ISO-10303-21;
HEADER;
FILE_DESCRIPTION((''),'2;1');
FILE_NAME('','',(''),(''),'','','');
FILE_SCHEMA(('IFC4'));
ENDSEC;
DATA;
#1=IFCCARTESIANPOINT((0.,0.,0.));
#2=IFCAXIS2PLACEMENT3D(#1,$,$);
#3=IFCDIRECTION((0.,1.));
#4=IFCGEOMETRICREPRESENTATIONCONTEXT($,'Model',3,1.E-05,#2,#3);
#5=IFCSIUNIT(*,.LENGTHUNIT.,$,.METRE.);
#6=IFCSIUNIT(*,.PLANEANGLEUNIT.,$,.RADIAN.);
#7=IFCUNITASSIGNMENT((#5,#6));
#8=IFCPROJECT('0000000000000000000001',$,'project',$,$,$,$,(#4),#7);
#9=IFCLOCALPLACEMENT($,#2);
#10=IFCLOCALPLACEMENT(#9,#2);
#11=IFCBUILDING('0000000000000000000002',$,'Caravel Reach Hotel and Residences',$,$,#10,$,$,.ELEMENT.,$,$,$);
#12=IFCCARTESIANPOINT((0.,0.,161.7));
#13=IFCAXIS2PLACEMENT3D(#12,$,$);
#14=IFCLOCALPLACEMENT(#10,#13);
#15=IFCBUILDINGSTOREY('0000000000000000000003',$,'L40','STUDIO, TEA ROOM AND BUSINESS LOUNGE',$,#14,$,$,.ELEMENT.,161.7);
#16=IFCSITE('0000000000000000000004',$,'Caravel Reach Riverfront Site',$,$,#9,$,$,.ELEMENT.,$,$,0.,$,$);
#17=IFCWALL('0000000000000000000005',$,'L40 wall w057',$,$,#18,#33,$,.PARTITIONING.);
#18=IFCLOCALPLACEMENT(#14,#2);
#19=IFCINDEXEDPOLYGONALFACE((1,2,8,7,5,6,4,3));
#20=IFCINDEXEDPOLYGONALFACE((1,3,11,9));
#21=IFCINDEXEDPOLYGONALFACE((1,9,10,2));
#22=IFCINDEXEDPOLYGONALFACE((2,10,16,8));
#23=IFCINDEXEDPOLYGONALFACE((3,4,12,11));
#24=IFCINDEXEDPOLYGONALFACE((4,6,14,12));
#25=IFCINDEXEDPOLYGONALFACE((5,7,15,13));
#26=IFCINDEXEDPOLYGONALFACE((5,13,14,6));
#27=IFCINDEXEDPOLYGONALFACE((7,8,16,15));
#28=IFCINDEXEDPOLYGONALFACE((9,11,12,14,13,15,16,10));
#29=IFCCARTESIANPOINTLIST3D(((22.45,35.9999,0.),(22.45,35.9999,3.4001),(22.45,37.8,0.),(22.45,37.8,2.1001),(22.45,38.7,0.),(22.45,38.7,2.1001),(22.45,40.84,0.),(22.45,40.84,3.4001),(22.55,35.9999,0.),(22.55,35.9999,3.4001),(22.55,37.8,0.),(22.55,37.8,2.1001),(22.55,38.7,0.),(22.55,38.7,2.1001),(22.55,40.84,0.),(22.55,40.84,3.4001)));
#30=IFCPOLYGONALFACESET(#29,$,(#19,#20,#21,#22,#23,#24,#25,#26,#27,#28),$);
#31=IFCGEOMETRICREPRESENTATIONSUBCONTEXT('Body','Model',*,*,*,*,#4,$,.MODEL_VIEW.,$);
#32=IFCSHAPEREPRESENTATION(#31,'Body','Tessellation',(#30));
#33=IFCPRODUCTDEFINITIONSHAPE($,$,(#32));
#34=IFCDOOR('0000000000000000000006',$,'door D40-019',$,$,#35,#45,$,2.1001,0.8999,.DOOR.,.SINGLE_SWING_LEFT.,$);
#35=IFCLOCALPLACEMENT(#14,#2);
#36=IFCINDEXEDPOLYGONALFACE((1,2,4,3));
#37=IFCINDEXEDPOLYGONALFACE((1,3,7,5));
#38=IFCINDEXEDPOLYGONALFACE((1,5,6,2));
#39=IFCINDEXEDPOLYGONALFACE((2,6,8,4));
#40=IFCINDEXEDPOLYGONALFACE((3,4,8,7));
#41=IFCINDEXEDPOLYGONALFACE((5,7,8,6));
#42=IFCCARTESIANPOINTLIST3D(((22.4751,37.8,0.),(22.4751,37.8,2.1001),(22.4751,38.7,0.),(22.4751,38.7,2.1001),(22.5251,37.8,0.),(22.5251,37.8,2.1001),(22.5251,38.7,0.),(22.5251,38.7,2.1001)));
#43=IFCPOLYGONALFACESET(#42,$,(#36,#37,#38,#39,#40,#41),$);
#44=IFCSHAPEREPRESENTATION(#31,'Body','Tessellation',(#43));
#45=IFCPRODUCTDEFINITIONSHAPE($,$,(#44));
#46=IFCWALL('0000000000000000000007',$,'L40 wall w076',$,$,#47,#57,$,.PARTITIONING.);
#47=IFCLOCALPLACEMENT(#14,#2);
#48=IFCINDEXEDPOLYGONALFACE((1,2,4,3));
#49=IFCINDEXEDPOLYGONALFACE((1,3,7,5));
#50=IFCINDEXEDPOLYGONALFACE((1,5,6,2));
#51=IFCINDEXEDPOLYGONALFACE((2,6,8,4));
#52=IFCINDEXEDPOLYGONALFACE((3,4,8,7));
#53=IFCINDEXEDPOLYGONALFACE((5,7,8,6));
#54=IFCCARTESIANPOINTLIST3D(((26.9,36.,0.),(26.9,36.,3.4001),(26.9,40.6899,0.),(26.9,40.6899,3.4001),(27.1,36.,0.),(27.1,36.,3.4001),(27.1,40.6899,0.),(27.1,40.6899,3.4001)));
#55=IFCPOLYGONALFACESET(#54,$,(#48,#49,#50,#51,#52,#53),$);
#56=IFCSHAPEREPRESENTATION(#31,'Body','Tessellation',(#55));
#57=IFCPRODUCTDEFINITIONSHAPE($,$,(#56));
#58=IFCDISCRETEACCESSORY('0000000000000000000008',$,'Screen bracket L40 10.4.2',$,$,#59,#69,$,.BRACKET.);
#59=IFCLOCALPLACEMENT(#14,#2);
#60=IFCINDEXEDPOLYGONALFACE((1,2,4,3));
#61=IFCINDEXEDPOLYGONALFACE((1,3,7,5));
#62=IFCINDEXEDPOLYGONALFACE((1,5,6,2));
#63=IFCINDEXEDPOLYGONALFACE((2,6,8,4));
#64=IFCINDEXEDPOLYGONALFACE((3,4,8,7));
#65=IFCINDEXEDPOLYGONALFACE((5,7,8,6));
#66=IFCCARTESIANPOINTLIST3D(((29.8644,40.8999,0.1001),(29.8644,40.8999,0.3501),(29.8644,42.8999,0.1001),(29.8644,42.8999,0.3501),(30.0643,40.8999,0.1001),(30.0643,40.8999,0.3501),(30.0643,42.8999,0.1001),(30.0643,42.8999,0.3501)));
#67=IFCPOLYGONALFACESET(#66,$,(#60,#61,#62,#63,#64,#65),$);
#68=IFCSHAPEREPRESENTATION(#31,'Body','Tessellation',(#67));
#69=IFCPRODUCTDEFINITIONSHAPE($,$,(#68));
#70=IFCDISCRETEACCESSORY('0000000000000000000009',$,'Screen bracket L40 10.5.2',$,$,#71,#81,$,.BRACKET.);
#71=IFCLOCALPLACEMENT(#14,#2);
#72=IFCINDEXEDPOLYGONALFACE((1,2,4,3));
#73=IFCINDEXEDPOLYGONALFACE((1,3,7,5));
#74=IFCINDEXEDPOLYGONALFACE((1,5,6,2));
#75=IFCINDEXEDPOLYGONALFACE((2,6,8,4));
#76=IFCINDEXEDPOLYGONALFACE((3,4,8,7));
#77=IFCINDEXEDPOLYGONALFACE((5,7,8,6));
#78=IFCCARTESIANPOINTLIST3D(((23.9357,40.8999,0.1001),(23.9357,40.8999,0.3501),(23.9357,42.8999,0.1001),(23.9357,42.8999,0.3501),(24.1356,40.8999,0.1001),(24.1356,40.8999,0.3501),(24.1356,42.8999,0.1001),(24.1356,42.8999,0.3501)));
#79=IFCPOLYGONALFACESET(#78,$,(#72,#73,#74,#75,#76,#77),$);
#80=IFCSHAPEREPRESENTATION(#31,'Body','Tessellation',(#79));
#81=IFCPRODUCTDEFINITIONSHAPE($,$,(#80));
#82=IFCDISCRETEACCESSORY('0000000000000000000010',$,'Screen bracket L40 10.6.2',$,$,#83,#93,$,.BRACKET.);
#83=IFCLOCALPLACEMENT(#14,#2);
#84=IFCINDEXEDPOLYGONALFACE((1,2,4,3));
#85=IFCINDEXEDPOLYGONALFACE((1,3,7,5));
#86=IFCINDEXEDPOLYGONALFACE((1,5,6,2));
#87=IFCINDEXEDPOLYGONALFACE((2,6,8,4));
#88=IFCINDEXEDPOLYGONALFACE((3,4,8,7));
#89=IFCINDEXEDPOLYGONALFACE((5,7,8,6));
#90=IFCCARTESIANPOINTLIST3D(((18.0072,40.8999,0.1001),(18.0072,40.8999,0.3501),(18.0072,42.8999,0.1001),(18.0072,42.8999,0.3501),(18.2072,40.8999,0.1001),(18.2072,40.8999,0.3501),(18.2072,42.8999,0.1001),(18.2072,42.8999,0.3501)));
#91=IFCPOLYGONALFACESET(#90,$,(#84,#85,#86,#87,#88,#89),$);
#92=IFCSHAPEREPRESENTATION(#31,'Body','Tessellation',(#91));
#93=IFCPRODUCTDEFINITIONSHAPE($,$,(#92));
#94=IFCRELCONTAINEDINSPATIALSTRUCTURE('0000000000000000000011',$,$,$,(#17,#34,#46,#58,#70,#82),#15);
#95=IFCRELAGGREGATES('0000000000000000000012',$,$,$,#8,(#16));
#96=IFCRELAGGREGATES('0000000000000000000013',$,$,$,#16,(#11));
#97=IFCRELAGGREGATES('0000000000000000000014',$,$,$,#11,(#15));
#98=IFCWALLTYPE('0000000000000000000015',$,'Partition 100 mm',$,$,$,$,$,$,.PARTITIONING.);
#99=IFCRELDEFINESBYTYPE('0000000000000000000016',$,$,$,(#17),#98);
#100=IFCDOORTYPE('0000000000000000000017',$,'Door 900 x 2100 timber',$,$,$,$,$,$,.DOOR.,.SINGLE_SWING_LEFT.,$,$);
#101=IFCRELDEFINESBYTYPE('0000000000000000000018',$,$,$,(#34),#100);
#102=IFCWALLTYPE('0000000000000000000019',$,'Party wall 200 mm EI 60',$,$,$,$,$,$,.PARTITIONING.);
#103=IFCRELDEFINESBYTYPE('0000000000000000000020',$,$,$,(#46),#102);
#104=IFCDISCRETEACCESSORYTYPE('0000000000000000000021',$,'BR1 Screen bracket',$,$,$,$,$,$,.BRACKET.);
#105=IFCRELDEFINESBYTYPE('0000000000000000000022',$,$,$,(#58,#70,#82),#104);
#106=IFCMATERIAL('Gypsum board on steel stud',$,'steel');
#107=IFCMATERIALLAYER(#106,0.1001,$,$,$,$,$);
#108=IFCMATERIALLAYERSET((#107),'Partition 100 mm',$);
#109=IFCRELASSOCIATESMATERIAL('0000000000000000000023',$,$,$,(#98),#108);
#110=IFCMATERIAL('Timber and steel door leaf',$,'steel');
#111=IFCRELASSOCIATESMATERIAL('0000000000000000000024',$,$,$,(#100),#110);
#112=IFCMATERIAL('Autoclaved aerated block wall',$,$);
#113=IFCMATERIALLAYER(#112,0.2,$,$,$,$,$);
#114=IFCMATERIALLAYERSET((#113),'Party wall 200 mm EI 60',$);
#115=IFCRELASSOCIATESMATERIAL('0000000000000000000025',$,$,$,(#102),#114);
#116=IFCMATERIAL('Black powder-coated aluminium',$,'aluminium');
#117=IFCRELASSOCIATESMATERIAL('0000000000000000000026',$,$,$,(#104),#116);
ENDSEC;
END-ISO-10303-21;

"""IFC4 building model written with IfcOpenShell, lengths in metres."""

from ifc_helpers import new_model, si_unit, direction, frame, frame_2d, origin, origin_2d, place, context, subcontext, project, spatial, rectangle, extrude, material, layer, layer_set, type_object, element, fill, save


model = new_model("IFC4")

# Units and contexts
model_context = context("Model", 3, precision=1e-05, world=origin(), true_north=direction((0.0, 1.0)))
body_context = subcontext(model_context, "Body", "Model", "MODEL_VIEW")
ifc_project = project(units=[si_unit("LENGTHUNIT", "METRE"), si_unit("PLANEANGLEUNIT", "RADIAN")], contexts=[model_context])

# Site, building, storey
site_placement = place(None, origin())
site = spatial("IfcSite", under=ifc_project, at=site_placement, Name="Caravel Reach Riverfront Site", CompositionType="ELEMENT", RefElevation=0.0)
building_placement = place(site_placement, origin())
building = spatial("IfcBuilding", under=site, at=building_placement, Name="Caravel Reach Hotel and Residences", CompositionType="ELEMENT")
storey_placement = place(building_placement, frame((0.0, 0.0, 161.7)))
storey = spatial("IfcBuildingStorey", under=building, at=storey_placement, Name="L40", Description="STUDIO, TEA ROOM AND BUSINESS LOUNGE", CompositionType="ELEMENT", Elevation=161.7)

# Shared definitions
ifc_material_1 = material(Name="Gypsum board on steel stud", Category="steel")
ifc_layer_1 = layer(ifc_material_1, 0.1001)
ifc_layer_set_1 = layer_set([ifc_layer_1], Name="Partition 100 mm")
wall_type_1 = type_object("IfcWallType", Name="Partition 100 mm", PredefinedType="PARTITIONING", material=ifc_layer_set_1)

# Shared definitions
ifc_material_2 = material(Name="Timber and steel door leaf", Category="steel")
door_type = type_object("IfcDoorType", Name="Door 900 x 2100 timber", OperationType="SINGLE_SWING_LEFT", PredefinedType="DOOR", material=ifc_material_2)

# Wall, opening, door
wall_1_placement = place(storey_placement, frame((22.5, 36.0, 0.0), z_axis=(0.0, 0.0, 1.0), x_axis=(0.0, 1.0, 0.0)))
wall_1 = element("IfcWall", 1, at=wall_1_placement, inside=storey, type_object=wall_type_1, Name="L40 wall w057", PredefinedType="PARTITIONING", context=body_context, shape_type="SweptSolid", body=[
    extrude(rectangle(XDim=4.8401, YDim=0.1001, at=frame_2d((2.4199, 0.0))), origin(), (0.0, 0.0, 1.0), 3.4001),
])
opening_1_placement = place(wall_1_placement, frame((1.8, 0.0, 0.0)))
opening_1 = element("IfcOpeningElement", 2, at=opening_1_placement, cuts=wall_1, PredefinedType="OPENING", context=body_context, shape_type="SweptSolid", body=[
    extrude(rectangle(XDim=0.8999, YDim=2.1001, at=frame_2d((0.45, 1.05))), frame((0.0, 0.0601, 0.0), z_axis=(0.0, -1.0, 0.0), x_axis=(1.0, 0.0, 0.0)), (0.0, 0.0, 1.0), 0.1201),
])
door_1_placement = place(opening_1_placement, origin())
door_1 = element("IfcDoor", 3, at=door_1_placement, inside=storey, type_object=door_type, Name="door D40-019", OperationType="SINGLE_SWING_LEFT", OverallHeight=2.1001, OverallWidth=0.8999, PredefinedType="DOOR", context=body_context, shape_type="SweptSolid", body=[
    extrude(rectangle(XDim=0.8999, YDim=2.1001, at=frame_2d((0.45, 1.05))), frame((0.0, 0.0249, 0.0), z_axis=(0.0, -1.0, 0.0), x_axis=(1.0, 0.0, 0.0)), (0.0, 0.0, 1.0), 0.05),
])
fill(opening_1, door_1)

# Wall
ifc_material_3 = material(Name="Autoclaved aerated block wall")
ifc_layer_2 = layer(ifc_material_3, 0.2)
ifc_layer_set_2 = layer_set([ifc_layer_2], Name="Party wall 200 mm EI 60")
wall_type_2 = type_object("IfcWallType", Name="Party wall 200 mm EI 60", PredefinedType="PARTITIONING", material=ifc_layer_set_2)
wall_2_placement = place(storey_placement, frame((27.0, 36.0, 0.0), z_axis=(0.0, 0.0, 1.0), x_axis=(0.0, 1.0, 0.0)))
element("IfcWall", 4, at=wall_2_placement, inside=storey, type_object=wall_type_2, Name="L40 wall w076", PredefinedType="PARTITIONING", context=body_context, shape_type="SweptSolid", body=[
    extrude(rectangle(XDim=4.6899, YDim=0.2, at=frame_2d((2.345, 0.0))), origin(), (0.0, 0.0, 1.0), 3.4001),
])

# Discrete accessories
ifc_material_4 = material(Name="Black powder-coated aluminium", Category="aluminium")
discrete_accessory_type = type_object("IfcDiscreteAccessoryType", Name="BR1 Screen bracket", PredefinedType="BRACKET", material=ifc_material_4)
for number, where, z_axis, x_axis, name in (
    (5, (29.9644, 41.8999, 0.1001), (0.0, 0.0, 1.0), (0.0, 1.0, 0.0), "Screen bracket L40 10.4.2"),
    (6, (24.0356, 41.8999, 0.1001), (0.0, 0.0, 1.0), (0.0, 1.0, 0.0), "Screen bracket L40 10.5.2"),
    (7, (18.1072, 41.8999, 0.1001), (0.0, 0.0, 1.0), (0.0, 1.0, 0.0), "Screen bracket L40 10.6.2"),
):
    element("IfcDiscreteAccessory", number, at=place(storey_placement, frame(where, z_axis=z_axis, x_axis=x_axis)), inside=storey, type_object=discrete_accessory_type, Name=name, PredefinedType="BRACKET", context=body_context, shape_type="SweptSolid", body=[
        extrude(rectangle(XDim=2.0, YDim=0.2, at=origin_2d()), origin(), (0.0, 0.0, 1.0), 0.25),
    ])

save(model, "model.ifc")
